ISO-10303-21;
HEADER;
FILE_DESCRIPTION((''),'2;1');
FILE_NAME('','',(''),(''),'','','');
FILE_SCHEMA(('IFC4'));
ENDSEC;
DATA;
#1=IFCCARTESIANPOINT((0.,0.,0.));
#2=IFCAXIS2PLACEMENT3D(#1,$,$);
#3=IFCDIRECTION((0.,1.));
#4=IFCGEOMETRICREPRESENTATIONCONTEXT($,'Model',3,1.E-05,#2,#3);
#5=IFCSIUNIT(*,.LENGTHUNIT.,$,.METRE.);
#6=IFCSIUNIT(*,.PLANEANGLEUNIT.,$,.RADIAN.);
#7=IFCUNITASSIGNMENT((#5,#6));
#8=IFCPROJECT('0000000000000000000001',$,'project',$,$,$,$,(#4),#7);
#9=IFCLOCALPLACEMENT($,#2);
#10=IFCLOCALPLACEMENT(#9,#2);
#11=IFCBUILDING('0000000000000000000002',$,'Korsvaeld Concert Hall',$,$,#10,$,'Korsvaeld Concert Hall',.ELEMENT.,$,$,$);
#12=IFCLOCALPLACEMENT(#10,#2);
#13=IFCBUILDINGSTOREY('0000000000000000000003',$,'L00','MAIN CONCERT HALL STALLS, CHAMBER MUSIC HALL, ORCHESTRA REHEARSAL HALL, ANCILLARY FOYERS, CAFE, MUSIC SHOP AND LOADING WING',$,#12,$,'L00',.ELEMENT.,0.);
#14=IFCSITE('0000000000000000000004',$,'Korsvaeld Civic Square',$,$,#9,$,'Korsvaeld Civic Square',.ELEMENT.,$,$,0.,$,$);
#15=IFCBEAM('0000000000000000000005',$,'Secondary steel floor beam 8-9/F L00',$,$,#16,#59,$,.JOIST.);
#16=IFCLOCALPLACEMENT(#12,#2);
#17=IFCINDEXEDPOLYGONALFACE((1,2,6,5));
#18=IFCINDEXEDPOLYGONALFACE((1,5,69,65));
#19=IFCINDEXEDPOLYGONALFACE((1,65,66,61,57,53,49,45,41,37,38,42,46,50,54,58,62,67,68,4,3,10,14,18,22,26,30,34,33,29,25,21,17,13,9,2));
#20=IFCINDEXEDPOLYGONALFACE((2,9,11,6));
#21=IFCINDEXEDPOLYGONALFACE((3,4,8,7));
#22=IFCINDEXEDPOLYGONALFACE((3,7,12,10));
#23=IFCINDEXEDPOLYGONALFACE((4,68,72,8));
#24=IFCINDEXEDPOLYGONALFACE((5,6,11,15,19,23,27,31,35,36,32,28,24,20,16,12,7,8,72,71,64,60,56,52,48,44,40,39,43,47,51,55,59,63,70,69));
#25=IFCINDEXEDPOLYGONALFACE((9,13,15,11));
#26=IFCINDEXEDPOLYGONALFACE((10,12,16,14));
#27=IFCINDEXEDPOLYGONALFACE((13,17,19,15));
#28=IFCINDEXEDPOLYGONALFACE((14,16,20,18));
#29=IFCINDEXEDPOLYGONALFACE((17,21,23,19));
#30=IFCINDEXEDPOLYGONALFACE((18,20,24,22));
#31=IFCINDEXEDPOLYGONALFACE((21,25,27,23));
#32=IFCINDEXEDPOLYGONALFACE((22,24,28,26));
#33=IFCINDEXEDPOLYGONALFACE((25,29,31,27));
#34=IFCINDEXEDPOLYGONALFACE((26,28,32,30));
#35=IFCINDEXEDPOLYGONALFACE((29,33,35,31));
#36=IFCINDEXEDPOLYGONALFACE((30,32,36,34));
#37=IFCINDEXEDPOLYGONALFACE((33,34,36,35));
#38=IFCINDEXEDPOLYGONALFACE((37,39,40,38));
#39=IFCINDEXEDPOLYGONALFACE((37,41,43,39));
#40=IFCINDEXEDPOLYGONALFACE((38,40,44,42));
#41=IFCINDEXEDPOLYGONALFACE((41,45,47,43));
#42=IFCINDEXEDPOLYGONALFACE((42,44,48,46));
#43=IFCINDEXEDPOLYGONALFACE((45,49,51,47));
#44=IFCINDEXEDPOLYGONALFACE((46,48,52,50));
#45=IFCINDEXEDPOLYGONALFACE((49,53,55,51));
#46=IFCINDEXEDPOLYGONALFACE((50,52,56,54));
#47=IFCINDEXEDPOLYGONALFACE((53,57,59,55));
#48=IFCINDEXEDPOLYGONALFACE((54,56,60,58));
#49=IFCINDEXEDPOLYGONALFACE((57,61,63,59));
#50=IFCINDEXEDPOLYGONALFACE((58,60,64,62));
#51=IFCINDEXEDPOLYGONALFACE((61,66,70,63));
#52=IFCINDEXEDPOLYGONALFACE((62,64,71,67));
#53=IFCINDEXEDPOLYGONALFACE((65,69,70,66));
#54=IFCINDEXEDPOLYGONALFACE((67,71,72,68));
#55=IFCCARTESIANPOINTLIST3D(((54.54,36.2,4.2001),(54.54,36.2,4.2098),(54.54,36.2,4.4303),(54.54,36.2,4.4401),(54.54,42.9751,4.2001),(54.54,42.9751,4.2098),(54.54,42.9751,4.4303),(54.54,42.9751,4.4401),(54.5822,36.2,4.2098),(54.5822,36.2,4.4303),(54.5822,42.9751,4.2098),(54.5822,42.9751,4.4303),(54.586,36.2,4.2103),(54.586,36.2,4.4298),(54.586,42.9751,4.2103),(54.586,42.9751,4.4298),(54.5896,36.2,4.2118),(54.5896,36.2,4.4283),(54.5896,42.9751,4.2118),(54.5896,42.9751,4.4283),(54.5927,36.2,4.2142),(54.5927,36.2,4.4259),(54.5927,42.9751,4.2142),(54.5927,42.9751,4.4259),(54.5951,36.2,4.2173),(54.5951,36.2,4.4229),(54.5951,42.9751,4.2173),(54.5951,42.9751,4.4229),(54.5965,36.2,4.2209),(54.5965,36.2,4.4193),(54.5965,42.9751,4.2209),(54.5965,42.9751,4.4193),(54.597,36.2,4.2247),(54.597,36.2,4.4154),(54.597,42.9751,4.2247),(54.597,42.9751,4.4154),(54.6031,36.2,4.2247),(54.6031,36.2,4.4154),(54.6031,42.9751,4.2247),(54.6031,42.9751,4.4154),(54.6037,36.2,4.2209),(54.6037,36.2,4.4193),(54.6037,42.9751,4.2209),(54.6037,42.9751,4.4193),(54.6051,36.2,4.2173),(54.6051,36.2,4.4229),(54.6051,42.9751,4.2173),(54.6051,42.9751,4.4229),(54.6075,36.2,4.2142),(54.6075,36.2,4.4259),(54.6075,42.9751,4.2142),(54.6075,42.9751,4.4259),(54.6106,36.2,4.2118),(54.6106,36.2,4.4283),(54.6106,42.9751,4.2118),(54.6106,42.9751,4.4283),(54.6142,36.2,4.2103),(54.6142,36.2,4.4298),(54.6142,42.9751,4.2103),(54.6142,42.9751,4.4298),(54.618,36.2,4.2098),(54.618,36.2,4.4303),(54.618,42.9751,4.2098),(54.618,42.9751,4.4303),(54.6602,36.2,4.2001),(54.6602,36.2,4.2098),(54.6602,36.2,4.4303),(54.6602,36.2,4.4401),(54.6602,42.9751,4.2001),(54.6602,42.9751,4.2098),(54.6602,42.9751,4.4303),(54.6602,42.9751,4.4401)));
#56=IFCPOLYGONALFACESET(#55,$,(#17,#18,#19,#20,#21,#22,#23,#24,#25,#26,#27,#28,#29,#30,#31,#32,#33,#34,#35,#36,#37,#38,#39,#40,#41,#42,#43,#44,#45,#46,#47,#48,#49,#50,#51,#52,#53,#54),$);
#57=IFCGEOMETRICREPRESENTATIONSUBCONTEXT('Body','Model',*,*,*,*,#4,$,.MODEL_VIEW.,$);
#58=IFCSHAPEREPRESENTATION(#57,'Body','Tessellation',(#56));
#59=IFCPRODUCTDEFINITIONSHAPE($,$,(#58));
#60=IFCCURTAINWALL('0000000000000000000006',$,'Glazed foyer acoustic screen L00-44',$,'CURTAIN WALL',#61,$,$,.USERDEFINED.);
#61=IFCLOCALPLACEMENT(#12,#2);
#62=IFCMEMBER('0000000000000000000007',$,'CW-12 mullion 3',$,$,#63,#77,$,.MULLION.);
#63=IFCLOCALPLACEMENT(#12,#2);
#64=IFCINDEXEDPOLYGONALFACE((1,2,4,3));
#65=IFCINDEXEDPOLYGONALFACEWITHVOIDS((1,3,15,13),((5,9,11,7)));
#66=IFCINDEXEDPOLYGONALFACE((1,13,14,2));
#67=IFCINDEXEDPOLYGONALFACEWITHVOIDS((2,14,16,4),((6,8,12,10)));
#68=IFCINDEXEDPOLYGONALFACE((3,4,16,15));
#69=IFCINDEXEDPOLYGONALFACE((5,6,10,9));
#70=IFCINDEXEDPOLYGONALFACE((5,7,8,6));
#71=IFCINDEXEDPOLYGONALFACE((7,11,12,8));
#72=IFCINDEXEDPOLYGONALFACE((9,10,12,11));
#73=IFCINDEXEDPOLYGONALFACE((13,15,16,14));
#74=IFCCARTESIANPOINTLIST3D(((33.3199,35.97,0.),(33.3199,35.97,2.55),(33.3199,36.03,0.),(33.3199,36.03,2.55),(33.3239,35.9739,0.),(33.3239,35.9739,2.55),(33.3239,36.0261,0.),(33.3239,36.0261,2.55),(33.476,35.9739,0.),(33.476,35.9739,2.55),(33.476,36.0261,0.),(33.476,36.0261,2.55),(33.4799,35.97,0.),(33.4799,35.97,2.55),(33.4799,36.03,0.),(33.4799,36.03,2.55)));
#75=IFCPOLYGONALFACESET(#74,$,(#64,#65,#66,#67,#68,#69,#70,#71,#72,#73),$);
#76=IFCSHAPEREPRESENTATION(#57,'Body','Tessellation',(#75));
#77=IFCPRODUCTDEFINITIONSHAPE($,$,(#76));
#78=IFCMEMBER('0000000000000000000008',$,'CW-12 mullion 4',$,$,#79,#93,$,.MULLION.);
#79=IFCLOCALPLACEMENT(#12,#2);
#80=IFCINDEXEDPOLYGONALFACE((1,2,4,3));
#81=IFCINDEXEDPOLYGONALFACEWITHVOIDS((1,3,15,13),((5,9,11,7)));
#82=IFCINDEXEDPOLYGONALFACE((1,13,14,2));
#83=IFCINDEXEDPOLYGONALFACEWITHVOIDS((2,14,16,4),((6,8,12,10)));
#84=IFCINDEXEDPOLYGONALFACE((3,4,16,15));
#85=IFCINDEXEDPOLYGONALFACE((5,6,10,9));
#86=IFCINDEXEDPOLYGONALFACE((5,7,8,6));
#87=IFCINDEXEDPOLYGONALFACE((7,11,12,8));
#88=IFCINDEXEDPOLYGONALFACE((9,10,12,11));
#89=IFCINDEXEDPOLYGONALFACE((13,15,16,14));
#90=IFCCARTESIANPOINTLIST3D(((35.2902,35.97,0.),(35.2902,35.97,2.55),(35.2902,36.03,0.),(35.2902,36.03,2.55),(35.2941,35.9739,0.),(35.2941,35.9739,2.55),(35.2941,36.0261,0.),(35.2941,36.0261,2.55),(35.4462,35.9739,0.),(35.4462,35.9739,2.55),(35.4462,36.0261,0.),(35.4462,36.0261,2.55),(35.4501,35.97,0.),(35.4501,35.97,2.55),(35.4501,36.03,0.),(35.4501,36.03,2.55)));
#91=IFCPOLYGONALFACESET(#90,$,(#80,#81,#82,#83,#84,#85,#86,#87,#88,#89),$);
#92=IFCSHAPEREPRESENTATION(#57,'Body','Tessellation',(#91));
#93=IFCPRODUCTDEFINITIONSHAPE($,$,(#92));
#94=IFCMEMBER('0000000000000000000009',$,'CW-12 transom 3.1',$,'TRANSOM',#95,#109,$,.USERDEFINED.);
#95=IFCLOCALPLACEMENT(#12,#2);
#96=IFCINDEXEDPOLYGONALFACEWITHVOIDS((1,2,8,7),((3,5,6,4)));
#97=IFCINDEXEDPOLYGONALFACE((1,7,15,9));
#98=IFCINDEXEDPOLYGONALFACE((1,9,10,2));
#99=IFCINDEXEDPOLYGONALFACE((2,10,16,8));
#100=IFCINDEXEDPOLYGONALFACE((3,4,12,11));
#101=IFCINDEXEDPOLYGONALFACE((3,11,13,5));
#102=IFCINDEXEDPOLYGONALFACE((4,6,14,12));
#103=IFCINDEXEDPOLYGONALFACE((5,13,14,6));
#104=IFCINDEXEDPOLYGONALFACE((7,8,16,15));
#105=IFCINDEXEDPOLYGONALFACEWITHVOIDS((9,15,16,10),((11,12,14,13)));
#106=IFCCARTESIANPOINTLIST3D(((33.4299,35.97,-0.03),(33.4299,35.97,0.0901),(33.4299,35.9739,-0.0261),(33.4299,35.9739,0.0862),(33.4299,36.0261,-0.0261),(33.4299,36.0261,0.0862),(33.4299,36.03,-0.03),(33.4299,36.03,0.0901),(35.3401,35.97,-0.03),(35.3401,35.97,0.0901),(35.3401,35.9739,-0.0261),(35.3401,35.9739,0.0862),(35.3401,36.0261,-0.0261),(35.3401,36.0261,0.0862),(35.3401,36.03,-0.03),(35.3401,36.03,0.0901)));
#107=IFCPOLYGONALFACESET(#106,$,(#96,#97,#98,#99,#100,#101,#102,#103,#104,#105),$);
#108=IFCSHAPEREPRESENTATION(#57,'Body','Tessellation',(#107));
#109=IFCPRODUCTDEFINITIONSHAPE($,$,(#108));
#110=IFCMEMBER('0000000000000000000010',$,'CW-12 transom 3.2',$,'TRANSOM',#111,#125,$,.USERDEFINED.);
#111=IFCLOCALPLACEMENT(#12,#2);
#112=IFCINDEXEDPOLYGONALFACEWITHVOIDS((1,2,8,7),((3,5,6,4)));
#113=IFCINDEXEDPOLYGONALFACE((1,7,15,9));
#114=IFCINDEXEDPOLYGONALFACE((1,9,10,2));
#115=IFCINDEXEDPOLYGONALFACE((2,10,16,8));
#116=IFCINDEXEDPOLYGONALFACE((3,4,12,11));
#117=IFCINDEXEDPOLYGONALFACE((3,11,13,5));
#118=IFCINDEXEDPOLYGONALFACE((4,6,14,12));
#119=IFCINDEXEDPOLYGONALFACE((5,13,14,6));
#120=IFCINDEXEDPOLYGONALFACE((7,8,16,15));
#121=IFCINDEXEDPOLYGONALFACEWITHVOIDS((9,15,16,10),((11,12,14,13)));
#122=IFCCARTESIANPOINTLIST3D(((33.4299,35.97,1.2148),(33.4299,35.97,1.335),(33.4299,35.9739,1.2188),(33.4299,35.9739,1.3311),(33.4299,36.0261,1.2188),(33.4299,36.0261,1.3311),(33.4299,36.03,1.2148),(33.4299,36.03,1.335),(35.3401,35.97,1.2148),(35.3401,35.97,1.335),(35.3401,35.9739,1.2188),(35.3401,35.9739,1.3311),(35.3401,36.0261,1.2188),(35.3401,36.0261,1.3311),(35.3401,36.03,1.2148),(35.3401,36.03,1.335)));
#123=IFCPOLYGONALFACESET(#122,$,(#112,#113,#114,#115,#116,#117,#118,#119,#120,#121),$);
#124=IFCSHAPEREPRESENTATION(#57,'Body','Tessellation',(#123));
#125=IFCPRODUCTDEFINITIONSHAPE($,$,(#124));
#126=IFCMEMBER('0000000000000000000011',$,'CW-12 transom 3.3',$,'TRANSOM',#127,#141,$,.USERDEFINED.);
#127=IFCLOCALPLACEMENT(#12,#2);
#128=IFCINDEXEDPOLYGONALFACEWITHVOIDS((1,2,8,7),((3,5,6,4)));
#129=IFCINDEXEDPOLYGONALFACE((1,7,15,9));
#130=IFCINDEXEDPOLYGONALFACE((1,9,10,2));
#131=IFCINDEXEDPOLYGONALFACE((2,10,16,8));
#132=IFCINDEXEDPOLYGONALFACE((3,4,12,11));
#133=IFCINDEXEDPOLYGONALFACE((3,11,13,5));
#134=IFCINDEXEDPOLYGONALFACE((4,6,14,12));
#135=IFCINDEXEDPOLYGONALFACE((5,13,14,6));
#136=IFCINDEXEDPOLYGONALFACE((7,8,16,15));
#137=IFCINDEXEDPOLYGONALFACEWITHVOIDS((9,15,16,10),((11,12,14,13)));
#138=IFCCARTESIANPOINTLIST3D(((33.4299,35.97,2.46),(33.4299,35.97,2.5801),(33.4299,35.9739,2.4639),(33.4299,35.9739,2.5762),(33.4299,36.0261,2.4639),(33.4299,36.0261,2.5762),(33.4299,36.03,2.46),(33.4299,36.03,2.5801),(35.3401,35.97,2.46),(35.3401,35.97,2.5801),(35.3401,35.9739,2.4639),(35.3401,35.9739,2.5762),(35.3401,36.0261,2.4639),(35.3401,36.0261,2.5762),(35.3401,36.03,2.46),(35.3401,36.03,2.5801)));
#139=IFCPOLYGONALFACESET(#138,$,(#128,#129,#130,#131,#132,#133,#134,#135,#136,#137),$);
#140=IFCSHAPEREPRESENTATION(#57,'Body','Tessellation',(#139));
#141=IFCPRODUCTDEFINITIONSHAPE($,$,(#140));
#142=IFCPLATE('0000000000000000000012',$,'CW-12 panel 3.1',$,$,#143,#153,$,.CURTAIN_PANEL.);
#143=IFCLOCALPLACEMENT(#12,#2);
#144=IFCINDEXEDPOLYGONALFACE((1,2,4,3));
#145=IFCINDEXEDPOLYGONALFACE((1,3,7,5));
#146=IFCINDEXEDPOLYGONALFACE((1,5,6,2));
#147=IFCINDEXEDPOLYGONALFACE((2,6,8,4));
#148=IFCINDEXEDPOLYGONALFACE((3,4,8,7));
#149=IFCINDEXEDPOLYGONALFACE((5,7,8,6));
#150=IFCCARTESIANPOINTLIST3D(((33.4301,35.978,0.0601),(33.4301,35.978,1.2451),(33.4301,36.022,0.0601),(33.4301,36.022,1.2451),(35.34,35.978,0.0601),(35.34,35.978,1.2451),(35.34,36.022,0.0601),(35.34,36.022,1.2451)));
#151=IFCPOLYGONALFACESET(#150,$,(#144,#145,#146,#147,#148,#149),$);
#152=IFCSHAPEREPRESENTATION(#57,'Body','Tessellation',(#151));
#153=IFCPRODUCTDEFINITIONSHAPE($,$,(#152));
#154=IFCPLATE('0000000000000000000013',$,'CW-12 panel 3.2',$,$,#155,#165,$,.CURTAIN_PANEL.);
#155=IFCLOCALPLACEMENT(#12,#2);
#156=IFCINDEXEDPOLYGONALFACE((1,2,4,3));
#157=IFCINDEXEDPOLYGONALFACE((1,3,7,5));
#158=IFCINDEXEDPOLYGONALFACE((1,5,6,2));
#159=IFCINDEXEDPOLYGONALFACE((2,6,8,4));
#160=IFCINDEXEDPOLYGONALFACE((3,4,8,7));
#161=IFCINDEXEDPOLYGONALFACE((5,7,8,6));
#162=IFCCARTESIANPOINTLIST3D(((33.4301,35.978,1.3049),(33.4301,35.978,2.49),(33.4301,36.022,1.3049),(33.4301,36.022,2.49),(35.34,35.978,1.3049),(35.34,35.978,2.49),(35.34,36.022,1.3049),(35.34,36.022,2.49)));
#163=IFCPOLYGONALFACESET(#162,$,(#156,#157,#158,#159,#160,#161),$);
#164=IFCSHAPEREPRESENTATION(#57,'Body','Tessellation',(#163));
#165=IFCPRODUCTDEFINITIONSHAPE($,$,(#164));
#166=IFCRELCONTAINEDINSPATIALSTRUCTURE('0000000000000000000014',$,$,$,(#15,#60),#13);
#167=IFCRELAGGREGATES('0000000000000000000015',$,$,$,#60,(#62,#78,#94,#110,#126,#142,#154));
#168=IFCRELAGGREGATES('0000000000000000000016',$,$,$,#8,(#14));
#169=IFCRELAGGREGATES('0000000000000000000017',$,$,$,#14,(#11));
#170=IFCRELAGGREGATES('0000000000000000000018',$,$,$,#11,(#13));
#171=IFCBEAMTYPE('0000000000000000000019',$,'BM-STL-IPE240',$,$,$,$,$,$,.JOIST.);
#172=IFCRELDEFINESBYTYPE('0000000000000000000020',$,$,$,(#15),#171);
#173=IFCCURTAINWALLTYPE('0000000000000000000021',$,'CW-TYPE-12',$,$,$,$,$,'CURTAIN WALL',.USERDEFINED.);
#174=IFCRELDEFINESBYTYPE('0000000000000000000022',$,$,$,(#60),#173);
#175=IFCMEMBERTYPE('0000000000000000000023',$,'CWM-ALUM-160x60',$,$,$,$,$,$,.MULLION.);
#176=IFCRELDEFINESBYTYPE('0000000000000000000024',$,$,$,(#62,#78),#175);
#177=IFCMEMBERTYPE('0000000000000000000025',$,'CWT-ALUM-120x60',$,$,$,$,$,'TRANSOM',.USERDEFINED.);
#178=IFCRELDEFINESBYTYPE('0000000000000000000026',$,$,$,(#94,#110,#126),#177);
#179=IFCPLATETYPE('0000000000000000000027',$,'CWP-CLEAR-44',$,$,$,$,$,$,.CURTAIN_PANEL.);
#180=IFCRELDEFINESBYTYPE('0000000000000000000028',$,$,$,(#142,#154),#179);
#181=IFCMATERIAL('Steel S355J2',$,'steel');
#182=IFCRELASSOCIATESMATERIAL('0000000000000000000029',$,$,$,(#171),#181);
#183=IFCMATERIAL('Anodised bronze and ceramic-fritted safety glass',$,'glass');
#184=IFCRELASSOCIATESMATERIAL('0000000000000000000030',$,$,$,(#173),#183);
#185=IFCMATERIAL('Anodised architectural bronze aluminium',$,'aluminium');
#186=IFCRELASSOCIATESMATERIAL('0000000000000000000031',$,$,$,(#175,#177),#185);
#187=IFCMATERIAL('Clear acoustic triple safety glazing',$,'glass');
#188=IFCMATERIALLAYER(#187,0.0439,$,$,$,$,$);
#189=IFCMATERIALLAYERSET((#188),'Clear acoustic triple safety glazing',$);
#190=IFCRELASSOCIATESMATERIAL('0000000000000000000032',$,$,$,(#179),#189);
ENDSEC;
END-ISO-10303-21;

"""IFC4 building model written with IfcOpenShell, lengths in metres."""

from ifc_helpers import new_model, si_unit, direction, frame, origin, origin_2d, place, context, subcontext, project, spatial, rectangle, hollow_rectangle, i_section, extrude, material, layer, layer_set, material_profile, profile_set, type_object, element, aggregate, save


model = new_model("IFC4")

# Units and contexts
model_context = context("Model", 3, precision=1e-05, world=origin(), true_north=direction((0.0, 1.0)))
body_context = subcontext(model_context, "Body", "Model", "MODEL_VIEW")
ifc_project = project(units=[si_unit("LENGTHUNIT", "METRE"), si_unit("PLANEANGLEUNIT", "RADIAN")], contexts=[model_context])

# Site, building, storey
site_placement = place(None, origin())
site = spatial("IfcSite", under=ifc_project, at=site_placement, Name="Korsvaeld Civic Square", LongName="Korsvaeld Civic Square", CompositionType="ELEMENT", RefElevation=0.0)
building_placement = place(site_placement, origin())
building = spatial("IfcBuilding", under=site, at=building_placement, Name="Korsvaeld Concert Hall", LongName="Korsvaeld Concert Hall", CompositionType="ELEMENT")
storey_placement = place(building_placement, origin())
storey = spatial("IfcBuildingStorey", under=building, at=storey_placement, Name="L00", Description="MAIN CONCERT HALL STALLS, CHAMBER MUSIC HALL, ORCHESTRA REHEARSAL HALL, ANCILLARY FOYERS, CAFE, MUSIC SHOP AND LOADING WING", LongName="L00", CompositionType="ELEMENT", Elevation=0.0)

# Beam
ifc_material_1 = material(Name="Steel S355J2", Category="steel")
ifc_material_profile_1 = material_profile(ifc_material_1, i_section(OverallWidth=0.1201, OverallDepth=0.24, WebThickness=0.0061, FlangeThickness=0.0098, FilletRadius=0.0149, at=origin_2d()), Name="IPE 240")
ifc_profile_set_1 = profile_set([ifc_material_profile_1], Name="Steel S355J2")
beam_type_1 = type_object("IfcBeamType", Name="BM-STL-IPE240", PredefinedType="JOIST", material=ifc_profile_set_1)
beam_1_placement = place(storey_placement, frame((54.6001, 36.2, 4.3201), z_axis=(0.0, 1.0, 0.0), x_axis=(-1.0, 0.0, 0.0)))
element("IfcBeam", 1, at=beam_1_placement, inside=storey, type_object=beam_type_1, Name="Secondary steel floor beam 8-9/F L00", PredefinedType="JOIST", context=body_context, shape_type="SweptSolid", body=[
    extrude(i_section(OverallWidth=0.1201, OverallDepth=0.24, WebThickness=0.0061, FlangeThickness=0.0098, FilletRadius=0.0149, at=origin_2d()), origin(), (0.0, 0.0, 1.0), 6.7751),
])

# Curtain wall, members, plates
ifc_material_2 = material(Name="Anodised bronze and ceramic-fritted safety glass", Category="glass")
curtain_wall_type = type_object("IfcCurtainWallType", Name="CW-TYPE-12", ElementType="CURTAIN WALL", PredefinedType="USERDEFINED", material=ifc_material_2)
curtain_wall_placement = place(storey_placement, origin())
curtain_wall = element("IfcCurtainWall", 2, at=curtain_wall_placement, inside=storey, type_object=curtain_wall_type, Name="Glazed foyer acoustic screen L00-44", ObjectType="CURTAIN WALL", PredefinedType="USERDEFINED")
ifc_material_3 = material(Name="Anodised architectural bronze aluminium", Category="aluminium")
ifc_material_profile_2 = material_profile(ifc_material_3, hollow_rectangle(XDim=0.0601, YDim=0.1599, WallThickness=0.0039, at=origin_2d()), Name="CWM 160x60x4")
ifc_profile_set_2 = profile_set([ifc_material_profile_2], Name="Anodised architectural bronze aluminium")
member_type_1 = type_object("IfcMemberType", Name="CWM-ALUM-160x60", PredefinedType="MULLION", material=ifc_profile_set_2)
member_1_placement = place(storey_placement, frame((33.3999, 36.0, 0.0), z_axis=(0.0, 0.0, 1.0), x_axis=(0.0, 1.0, 0.0)))
member_1 = element("IfcMember", 3, at=member_1_placement, type_object=member_type_1, Name="CW-12 mullion 3", PredefinedType="MULLION", context=body_context, shape_type="SweptSolid", body=[
    extrude(hollow_rectangle(XDim=0.0601, YDim=0.1599, WallThickness=0.0039, at=origin_2d()), origin(), (0.0, 0.0, 1.0), 2.55),
])
member_2_placement = place(storey_placement, frame((35.3701, 36.0, 0.0), z_axis=(0.0, 0.0, 1.0), x_axis=(0.0, 1.0, 0.0)))
member_2 = element("IfcMember", 4, at=member_2_placement, type_object=member_type_1, Name="CW-12 mullion 4", PredefinedType="MULLION", context=body_context, shape_type="SweptSolid", body=[
    extrude(hollow_rectangle(XDim=0.0601, YDim=0.1599, WallThickness=0.0039, at=origin_2d()), origin(), (0.0, 0.0, 1.0), 2.55),
])
ifc_material_profile_3 = material_profile(ifc_material_3, hollow_rectangle(XDim=0.0601, YDim=0.1201, WallThickness=0.0039, at=origin_2d()), Name="CWT 120x60x4")
ifc_profile_set_3 = profile_set([ifc_material_profile_3], Name="Anodised architectural bronze aluminium")
member_type_2 = type_object("IfcMemberType", Name="CWT-ALUM-120x60", ElementType="TRANSOM", PredefinedType="USERDEFINED", material=ifc_profile_set_3)
member_3_placement = place(storey_placement, frame((33.4299, 36.0, 0.03), z_axis=(1.0, 0.0, 0.0), x_axis=(0.0, 1.0, 0.0)))
member_3 = element("IfcMember", 5, at=member_3_placement, type_object=member_type_2, Name="CW-12 transom 3.1", ObjectType="TRANSOM", PredefinedType="USERDEFINED", context=body_context, shape_type="SweptSolid", body=[
    extrude(hollow_rectangle(XDim=0.0601, YDim=0.1201, WallThickness=0.0039, at=origin_2d()), origin(), (0.0, 0.0, 1.0), 1.9102),
])
member_4_placement = place(storey_placement, frame((33.4299, 36.0, 1.2749), z_axis=(1.0, 0.0, 0.0), x_axis=(0.0, 1.0, 0.0)))
member_4 = element("IfcMember", 6, at=member_4_placement, type_object=member_type_2, Name="CW-12 transom 3.2", ObjectType="TRANSOM", PredefinedType="USERDEFINED", context=body_context, shape_type="SweptSolid", body=[
    extrude(hollow_rectangle(XDim=0.0601, YDim=0.1201, WallThickness=0.0039, at=origin_2d()), origin(), (0.0, 0.0, 1.0), 1.9102),
])
member_5_placement = place(storey_placement, frame((33.4299, 36.0, 2.52), z_axis=(1.0, 0.0, 0.0), x_axis=(0.0, 1.0, 0.0)))
member_5 = element("IfcMember", 7, at=member_5_placement, type_object=member_type_2, Name="CW-12 transom 3.3", ObjectType="TRANSOM", PredefinedType="USERDEFINED", context=body_context, shape_type="SweptSolid", body=[
    extrude(hollow_rectangle(XDim=0.0601, YDim=0.1201, WallThickness=0.0039, at=origin_2d()), origin(), (0.0, 0.0, 1.0), 1.9102),
])
ifc_material_4 = material(Name="Clear acoustic triple safety glazing", Category="glass")
ifc_layer_1 = layer(ifc_material_4, 0.0439)
ifc_layer_set_1 = layer_set([ifc_layer_1], Name="Clear acoustic triple safety glazing")
plate_type = type_object("IfcPlateType", Name="CWP-CLEAR-44", PredefinedType="CURTAIN_PANEL", material=ifc_layer_set_1)
plate_1_placement = place(storey_placement, frame((34.385, 36.0, 0.0601), z_axis=(0.0, 0.0, 1.0), x_axis=(1.0, 0.0, 0.0)))
plate_1 = element("IfcPlate", 8, at=plate_1_placement, type_object=plate_type, Name="CW-12 panel 3.1", PredefinedType="CURTAIN_PANEL", context=body_context, shape_type="SweptSolid", body=[
    extrude(rectangle(XDim=1.9099, YDim=0.0439, at=origin_2d()), origin(), (0.0, 0.0, 1.0), 1.1851),
])
plate_2_placement = place(storey_placement, frame((34.385, 36.0, 1.3049), z_axis=(0.0, 0.0, 1.0), x_axis=(1.0, 0.0, 0.0)))
plate_2 = element("IfcPlate", 9, at=plate_2_placement, type_object=plate_type, Name="CW-12 panel 3.2", PredefinedType="CURTAIN_PANEL", context=body_context, shape_type="SweptSolid", body=[
    extrude(rectangle(XDim=1.9099, YDim=0.0439, at=origin_2d()), origin(), (0.0, 0.0, 1.0), 1.1851),
])
aggregate(curtain_wall, [member_1, member_2, member_3, member_4, member_5, plate_1, plate_2])

save(model, "model.ifc")
